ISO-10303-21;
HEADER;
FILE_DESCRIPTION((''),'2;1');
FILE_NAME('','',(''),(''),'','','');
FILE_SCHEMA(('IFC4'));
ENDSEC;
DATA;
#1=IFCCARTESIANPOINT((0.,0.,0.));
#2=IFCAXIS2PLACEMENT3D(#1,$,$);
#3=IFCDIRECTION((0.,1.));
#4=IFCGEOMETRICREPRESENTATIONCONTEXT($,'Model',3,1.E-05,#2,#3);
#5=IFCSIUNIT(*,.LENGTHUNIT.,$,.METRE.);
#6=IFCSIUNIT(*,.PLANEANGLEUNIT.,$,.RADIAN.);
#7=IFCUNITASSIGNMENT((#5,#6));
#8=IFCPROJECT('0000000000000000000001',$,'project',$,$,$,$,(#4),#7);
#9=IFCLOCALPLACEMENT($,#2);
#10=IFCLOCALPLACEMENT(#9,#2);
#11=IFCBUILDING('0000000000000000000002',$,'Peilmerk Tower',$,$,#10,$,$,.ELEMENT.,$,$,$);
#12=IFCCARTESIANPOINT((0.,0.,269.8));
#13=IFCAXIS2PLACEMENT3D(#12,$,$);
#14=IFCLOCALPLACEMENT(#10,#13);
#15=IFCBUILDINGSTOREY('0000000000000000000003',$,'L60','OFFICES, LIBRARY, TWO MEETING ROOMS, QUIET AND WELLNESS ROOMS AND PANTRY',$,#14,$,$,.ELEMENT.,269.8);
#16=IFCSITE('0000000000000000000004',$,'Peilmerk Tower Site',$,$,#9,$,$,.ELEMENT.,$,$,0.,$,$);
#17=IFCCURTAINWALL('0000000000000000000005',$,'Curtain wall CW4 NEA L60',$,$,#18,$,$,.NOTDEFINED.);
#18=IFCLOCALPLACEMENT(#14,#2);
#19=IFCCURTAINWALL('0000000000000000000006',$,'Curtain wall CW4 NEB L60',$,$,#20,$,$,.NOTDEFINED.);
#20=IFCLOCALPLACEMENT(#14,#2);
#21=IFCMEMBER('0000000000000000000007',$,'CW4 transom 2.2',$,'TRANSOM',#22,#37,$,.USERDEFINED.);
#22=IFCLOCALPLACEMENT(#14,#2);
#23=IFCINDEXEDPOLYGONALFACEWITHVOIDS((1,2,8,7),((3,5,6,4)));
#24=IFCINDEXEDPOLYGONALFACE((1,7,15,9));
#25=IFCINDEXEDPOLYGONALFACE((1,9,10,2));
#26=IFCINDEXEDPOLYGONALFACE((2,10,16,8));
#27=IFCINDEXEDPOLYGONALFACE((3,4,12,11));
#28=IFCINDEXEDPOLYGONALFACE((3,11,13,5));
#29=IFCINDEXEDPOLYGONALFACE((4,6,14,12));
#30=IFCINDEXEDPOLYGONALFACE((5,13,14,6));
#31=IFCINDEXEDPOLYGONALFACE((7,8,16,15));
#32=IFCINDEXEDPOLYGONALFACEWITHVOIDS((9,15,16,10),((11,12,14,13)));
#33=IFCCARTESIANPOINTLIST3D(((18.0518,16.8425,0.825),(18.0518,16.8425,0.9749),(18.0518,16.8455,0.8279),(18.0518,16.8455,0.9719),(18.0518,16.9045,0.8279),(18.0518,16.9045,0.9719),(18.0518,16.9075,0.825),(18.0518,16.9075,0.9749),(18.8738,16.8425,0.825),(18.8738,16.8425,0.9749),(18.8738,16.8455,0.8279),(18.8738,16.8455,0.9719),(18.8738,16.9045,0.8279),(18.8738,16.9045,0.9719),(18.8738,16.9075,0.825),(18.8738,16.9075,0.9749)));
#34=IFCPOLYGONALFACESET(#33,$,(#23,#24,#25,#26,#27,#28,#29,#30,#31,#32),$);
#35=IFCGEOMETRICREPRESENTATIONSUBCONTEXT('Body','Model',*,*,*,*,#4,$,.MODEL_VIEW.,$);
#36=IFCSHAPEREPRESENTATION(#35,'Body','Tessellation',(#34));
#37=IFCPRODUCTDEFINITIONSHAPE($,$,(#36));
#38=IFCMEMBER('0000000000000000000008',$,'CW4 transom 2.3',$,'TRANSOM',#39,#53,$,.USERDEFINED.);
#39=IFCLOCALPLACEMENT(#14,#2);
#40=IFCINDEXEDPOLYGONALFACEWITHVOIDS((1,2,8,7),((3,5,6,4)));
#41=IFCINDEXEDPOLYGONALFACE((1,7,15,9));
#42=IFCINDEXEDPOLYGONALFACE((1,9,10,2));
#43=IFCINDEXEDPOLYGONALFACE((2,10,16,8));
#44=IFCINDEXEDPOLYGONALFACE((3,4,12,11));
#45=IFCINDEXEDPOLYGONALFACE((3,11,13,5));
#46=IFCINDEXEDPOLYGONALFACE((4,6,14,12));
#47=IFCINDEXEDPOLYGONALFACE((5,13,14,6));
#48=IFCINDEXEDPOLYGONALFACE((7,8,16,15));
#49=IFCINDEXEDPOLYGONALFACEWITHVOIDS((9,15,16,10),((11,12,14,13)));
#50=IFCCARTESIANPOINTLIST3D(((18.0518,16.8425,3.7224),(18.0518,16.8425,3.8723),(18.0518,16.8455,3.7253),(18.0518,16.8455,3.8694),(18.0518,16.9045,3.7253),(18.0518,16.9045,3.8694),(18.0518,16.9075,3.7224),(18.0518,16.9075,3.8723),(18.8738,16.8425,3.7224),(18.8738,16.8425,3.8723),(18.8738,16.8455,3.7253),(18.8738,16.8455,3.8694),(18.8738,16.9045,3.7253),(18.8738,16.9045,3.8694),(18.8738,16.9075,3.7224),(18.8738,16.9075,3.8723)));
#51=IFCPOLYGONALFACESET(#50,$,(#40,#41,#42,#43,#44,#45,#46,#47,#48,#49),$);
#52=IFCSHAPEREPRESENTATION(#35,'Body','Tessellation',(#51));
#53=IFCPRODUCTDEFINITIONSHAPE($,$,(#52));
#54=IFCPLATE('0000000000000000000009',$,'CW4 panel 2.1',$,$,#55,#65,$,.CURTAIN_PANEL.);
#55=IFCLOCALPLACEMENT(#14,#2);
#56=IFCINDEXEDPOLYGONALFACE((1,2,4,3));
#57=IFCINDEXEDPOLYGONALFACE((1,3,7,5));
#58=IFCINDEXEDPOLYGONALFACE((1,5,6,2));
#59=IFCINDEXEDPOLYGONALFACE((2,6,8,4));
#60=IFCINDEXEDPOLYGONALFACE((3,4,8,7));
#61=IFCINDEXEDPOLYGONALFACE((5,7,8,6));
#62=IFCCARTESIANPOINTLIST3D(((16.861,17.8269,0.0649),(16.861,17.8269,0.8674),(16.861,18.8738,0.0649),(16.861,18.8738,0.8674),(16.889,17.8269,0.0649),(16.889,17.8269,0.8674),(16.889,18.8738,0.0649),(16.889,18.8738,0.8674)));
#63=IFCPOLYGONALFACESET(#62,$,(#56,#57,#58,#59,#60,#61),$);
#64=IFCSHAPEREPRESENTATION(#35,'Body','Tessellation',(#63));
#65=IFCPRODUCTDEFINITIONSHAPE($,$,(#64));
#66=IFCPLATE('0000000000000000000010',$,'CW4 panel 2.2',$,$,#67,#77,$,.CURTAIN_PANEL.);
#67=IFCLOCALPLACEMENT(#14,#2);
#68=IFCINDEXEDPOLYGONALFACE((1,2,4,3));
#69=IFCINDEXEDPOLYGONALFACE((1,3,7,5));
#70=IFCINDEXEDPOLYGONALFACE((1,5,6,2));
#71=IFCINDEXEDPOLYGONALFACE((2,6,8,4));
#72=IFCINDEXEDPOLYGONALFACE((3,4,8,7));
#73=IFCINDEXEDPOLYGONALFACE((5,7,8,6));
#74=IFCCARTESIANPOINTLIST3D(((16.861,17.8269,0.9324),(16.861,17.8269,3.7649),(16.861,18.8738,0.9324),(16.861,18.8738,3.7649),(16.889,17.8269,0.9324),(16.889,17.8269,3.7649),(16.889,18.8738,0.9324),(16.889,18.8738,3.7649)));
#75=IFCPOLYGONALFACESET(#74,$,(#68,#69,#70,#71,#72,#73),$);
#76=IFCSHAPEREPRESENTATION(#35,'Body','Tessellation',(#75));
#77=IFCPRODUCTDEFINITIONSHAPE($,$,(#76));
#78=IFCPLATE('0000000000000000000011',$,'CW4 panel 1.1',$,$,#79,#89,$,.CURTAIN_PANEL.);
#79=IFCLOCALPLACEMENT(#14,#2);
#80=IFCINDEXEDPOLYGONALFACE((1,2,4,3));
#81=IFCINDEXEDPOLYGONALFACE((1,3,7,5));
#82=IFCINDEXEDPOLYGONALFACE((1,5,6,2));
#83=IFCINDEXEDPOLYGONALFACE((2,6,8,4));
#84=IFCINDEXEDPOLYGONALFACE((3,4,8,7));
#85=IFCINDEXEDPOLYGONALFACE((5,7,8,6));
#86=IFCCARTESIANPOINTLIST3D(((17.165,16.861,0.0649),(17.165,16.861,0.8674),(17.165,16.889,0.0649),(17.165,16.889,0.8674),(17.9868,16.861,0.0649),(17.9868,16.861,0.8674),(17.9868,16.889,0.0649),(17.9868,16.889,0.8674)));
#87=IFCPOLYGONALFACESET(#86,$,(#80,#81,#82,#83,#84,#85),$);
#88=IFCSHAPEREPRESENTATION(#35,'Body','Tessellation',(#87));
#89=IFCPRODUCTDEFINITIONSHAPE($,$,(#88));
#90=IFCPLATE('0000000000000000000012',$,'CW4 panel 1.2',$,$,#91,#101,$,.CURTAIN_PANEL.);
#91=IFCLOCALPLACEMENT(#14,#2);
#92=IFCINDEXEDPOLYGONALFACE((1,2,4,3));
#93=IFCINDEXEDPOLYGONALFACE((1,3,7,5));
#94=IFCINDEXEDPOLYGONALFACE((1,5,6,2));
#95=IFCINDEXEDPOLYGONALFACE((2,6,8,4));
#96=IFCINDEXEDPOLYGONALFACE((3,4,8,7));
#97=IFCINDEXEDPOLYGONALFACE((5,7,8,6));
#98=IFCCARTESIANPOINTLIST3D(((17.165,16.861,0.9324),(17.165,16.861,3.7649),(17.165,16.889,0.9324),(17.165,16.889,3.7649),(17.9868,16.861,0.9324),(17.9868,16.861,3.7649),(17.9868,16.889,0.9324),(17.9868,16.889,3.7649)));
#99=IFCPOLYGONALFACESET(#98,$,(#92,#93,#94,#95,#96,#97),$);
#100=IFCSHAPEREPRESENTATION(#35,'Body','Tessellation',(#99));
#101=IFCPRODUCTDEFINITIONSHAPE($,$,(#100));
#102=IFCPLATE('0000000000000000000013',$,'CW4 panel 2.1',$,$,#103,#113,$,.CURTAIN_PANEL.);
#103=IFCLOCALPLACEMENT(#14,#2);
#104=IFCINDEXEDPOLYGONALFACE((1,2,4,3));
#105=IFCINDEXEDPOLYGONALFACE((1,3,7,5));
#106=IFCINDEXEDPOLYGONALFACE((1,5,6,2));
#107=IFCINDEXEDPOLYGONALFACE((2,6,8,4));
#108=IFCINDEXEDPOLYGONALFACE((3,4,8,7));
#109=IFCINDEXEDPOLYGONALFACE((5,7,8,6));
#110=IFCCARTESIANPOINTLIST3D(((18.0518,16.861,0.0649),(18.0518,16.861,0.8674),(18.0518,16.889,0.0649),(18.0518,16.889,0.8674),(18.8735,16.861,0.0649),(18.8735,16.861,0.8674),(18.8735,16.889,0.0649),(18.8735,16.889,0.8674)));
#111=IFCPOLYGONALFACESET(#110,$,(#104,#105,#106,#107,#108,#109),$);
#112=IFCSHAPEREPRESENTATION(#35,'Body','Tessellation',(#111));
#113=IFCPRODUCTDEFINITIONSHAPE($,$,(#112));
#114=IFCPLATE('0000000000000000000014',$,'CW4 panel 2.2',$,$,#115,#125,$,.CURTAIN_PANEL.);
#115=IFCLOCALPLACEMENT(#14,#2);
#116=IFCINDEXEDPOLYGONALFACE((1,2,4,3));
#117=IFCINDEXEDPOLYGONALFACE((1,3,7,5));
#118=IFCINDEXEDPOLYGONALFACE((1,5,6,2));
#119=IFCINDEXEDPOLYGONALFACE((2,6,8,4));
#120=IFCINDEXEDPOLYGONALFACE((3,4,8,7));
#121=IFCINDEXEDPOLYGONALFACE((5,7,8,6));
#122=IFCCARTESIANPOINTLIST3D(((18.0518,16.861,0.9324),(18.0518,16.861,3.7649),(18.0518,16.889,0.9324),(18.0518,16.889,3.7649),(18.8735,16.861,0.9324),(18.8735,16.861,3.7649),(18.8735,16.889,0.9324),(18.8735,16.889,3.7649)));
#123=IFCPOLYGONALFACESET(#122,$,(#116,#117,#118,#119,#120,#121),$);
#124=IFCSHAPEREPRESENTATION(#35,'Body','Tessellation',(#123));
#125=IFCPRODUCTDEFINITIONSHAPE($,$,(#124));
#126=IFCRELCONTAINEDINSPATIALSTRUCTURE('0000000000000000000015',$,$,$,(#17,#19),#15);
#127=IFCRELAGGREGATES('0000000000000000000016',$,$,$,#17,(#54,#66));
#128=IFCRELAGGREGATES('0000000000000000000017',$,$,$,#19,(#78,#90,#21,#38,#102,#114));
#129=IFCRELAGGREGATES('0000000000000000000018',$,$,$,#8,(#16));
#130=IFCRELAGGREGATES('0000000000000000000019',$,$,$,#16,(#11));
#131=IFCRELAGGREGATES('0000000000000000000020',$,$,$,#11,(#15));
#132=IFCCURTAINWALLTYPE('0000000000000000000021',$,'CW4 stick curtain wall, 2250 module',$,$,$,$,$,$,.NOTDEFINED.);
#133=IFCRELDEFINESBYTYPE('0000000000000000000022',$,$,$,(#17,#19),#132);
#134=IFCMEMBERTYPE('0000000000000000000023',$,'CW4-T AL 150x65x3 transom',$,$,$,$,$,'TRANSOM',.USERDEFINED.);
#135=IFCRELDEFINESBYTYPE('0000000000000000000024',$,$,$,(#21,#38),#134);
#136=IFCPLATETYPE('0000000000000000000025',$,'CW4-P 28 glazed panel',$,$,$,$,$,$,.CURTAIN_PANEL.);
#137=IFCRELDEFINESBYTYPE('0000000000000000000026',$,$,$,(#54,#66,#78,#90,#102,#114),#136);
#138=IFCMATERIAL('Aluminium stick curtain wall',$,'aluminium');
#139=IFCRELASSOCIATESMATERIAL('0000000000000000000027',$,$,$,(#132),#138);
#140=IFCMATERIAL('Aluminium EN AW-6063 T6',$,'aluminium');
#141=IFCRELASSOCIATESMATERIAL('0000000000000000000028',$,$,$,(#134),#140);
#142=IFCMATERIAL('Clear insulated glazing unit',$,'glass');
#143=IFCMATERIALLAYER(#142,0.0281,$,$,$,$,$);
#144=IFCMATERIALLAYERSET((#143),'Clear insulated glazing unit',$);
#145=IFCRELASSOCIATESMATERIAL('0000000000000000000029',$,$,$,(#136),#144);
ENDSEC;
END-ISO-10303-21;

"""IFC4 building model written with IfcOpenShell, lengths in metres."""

from ifc_helpers import new_model, si_unit, direction, frame, origin, origin_2d, place, context, subcontext, project, spatial, rectangle, hollow_rectangle, extrude, material, layer, layer_set, material_profile, profile_set, type_object, element, aggregate, save


model = new_model("IFC4")

# Units and contexts
model_context = context("Model", 3, precision=1e-05, world=origin(), true_north=direction((0.0, 1.0)))
body_context = subcontext(model_context, "Body", "Model", "MODEL_VIEW")
ifc_project = project(units=[si_unit("LENGTHUNIT", "METRE"), si_unit("PLANEANGLEUNIT", "RADIAN")], contexts=[model_context])

# Site, building, storey
site_placement = place(None, origin())
site = spatial("IfcSite", under=ifc_project, at=site_placement, Name="Peilmerk Tower Site", CompositionType="ELEMENT", RefElevation=0.0)
building_placement = place(site_placement, origin())
building = spatial("IfcBuilding", under=site, at=building_placement, Name="Peilmerk Tower", CompositionType="ELEMENT")
storey_placement = place(building_placement, frame((0.0, 0.0, 269.8)))
storey = spatial("IfcBuildingStorey", under=building, at=storey_placement, Name="L60", Description="OFFICES, LIBRARY, TWO MEETING ROOMS, QUIET AND WELLNESS ROOMS AND PANTRY", CompositionType="ELEMENT", Elevation=269.8)

# Curtain wall
ifc_material_1 = material(Name="Aluminium stick curtain wall", Category="aluminium")
curtain_wall_type = type_object("IfcCurtainWallType", Name="CW4 stick curtain wall, 2250 module", PredefinedType="NOTDEFINED", material=ifc_material_1)
curtain_wall_1_placement = place(storey_placement, origin())
curtain_wall_1 = element("IfcCurtainWall", 1, at=curtain_wall_1_placement, inside=storey, type_object=curtain_wall_type, Name="Curtain wall CW4 NEA L60", PredefinedType="NOTDEFINED")
ifc_material_2 = material(Name="Aluminium EN AW-6063 T6", Category="aluminium")

# Curtain wall
curtain_wall_2_placement = place(storey_placement, origin())
curtain_wall_2 = element("IfcCurtainWall", 2, at=curtain_wall_2_placement, inside=storey, type_object=curtain_wall_type, Name="Curtain wall CW4 NEB L60", PredefinedType="NOTDEFINED")

# Members
ifc_material_profile_1 = material_profile(ifc_material_2, hollow_rectangle(XDim=0.0649, YDim=0.1499, WallThickness=0.0029, at=origin_2d()), Name="AL 150x65x3")
ifc_profile_set_1 = profile_set([ifc_material_profile_1], Name="Aluminium EN AW-6063 T6")
member_type_1 = type_object("IfcMemberType", Name="CW4-T AL 150x65x3 transom", ElementType="TRANSOM", PredefinedType="USERDEFINED", material=ifc_profile_set_1)
member_1_placement = place(storey_placement, frame((18.0518, 16.875, 0.8999), z_axis=(1.0, 0.0, 0.0), x_axis=(0.0, 1.0, 0.0)))
member_1 = element("IfcMember", 3, at=member_1_placement, type_object=member_type_1, Name="CW4 transom 2.2", ObjectType="TRANSOM", PredefinedType="USERDEFINED", context=body_context, shape_type="SweptSolid", body=[
    extrude(hollow_rectangle(XDim=0.0649, YDim=0.1499, WallThickness=0.0029, at=origin_2d()), origin(), (0.0, 0.0, 1.0), 0.822),
])
member_2_placement = place(storey_placement, frame((18.0518, 16.875, 3.7974), z_axis=(1.0, 0.0, 0.0), x_axis=(0.0, 1.0, 0.0)))
member_2 = element("IfcMember", 4, at=member_2_placement, type_object=member_type_1, Name="CW4 transom 2.3", ObjectType="TRANSOM", PredefinedType="USERDEFINED", context=body_context, shape_type="SweptSolid", body=[
    extrude(hollow_rectangle(XDim=0.0649, YDim=0.1499, WallThickness=0.0029, at=origin_2d()), origin(), (0.0, 0.0, 1.0), 0.822),
])

# Plates
ifc_material_3 = material(Name="Clear insulated glazing unit", Category="glass")
ifc_layer_1 = layer(ifc_material_3, 0.0281)
ifc_layer_set_1 = layer_set([ifc_layer_1], Name="Clear insulated glazing unit")
plate_type = type_object("IfcPlateType", Name="CW4-P 28 glazed panel", PredefinedType="CURTAIN_PANEL", material=ifc_layer_set_1)
plate_1_placement = place(storey_placement, frame((16.875, 18.3503, 0.0649), z_axis=(0.0, 0.0, 1.0), x_axis=(0.0, 1.0, 0.0)))
plate_1 = element("IfcPlate", 5, at=plate_1_placement, type_object=plate_type, Name="CW4 panel 2.1", PredefinedType="CURTAIN_PANEL", context=body_context, shape_type="SweptSolid", body=[
    extrude(rectangle(XDim=1.0469, YDim=0.0281, at=origin_2d()), origin(), (0.0, 0.0, 1.0), 0.8025),
])
plate_2_placement = place(storey_placement, frame((16.875, 18.3503, 0.9324), z_axis=(0.0, 0.0, 1.0), x_axis=(0.0, 1.0, 0.0)))
plate_2 = element("IfcPlate", 6, at=plate_2_placement, type_object=plate_type, Name="CW4 panel 2.2", PredefinedType="CURTAIN_PANEL", context=body_context, shape_type="SweptSolid", body=[
    extrude(rectangle(XDim=1.0469, YDim=0.0281, at=origin_2d()), origin(), (0.0, 0.0, 1.0), 2.8325),
])
aggregate(curtain_wall_1, [plate_1, plate_2])
plate_3_placement = place(storey_placement, frame((17.5759, 16.875, 0.0649), z_axis=(0.0, 0.0, 1.0), x_axis=(1.0, 0.0, 0.0)))
plate_3 = element("IfcPlate", 7, at=plate_3_placement, type_object=plate_type, Name="CW4 panel 1.1", PredefinedType="CURTAIN_PANEL", context=body_context, shape_type="SweptSolid", body=[
    extrude(rectangle(XDim=0.8218, YDim=0.0281, at=origin_2d()), origin(), (0.0, 0.0, 1.0), 0.8025),
])
plate_4_placement = place(storey_placement, frame((17.5759, 16.875, 0.9324), z_axis=(0.0, 0.0, 1.0), x_axis=(1.0, 0.0, 0.0)))
plate_4 = element("IfcPlate", 8, at=plate_4_placement, type_object=plate_type, Name="CW4 panel 1.2", PredefinedType="CURTAIN_PANEL", context=body_context, shape_type="SweptSolid", body=[
    extrude(rectangle(XDim=0.8218, YDim=0.0281, at=origin_2d()), origin(), (0.0, 0.0, 1.0), 2.8325),
])
plate_5_placement = place(storey_placement, frame((18.4626, 16.875, 0.0649), z_axis=(0.0, 0.0, 1.0), x_axis=(1.0, 0.0, 0.0)))
plate_5 = element("IfcPlate", 9, at=plate_5_placement, type_object=plate_type, Name="CW4 panel 2.1", PredefinedType="CURTAIN_PANEL", context=body_context, shape_type="SweptSolid", body=[
    extrude(rectangle(XDim=0.8218, YDim=0.0281, at=origin_2d()), origin(), (0.0, 0.0, 1.0), 0.8025),
])
plate_6_placement = place(storey_placement, frame((18.4626, 16.875, 0.9324), z_axis=(0.0, 0.0, 1.0), x_axis=(1.0, 0.0, 0.0)))
plate_6 = element("IfcPlate", 10, at=plate_6_placement, type_object=plate_type, Name="CW4 panel 2.2", PredefinedType="CURTAIN_PANEL", context=body_context, shape_type="SweptSolid", body=[
    extrude(rectangle(XDim=0.8218, YDim=0.0281, at=origin_2d()), origin(), (0.0, 0.0, 1.0), 2.8325),
])
aggregate(curtain_wall_2, [plate_3, plate_4, member_1, member_2, plate_5, plate_6])

save(model, "model.ifc")
